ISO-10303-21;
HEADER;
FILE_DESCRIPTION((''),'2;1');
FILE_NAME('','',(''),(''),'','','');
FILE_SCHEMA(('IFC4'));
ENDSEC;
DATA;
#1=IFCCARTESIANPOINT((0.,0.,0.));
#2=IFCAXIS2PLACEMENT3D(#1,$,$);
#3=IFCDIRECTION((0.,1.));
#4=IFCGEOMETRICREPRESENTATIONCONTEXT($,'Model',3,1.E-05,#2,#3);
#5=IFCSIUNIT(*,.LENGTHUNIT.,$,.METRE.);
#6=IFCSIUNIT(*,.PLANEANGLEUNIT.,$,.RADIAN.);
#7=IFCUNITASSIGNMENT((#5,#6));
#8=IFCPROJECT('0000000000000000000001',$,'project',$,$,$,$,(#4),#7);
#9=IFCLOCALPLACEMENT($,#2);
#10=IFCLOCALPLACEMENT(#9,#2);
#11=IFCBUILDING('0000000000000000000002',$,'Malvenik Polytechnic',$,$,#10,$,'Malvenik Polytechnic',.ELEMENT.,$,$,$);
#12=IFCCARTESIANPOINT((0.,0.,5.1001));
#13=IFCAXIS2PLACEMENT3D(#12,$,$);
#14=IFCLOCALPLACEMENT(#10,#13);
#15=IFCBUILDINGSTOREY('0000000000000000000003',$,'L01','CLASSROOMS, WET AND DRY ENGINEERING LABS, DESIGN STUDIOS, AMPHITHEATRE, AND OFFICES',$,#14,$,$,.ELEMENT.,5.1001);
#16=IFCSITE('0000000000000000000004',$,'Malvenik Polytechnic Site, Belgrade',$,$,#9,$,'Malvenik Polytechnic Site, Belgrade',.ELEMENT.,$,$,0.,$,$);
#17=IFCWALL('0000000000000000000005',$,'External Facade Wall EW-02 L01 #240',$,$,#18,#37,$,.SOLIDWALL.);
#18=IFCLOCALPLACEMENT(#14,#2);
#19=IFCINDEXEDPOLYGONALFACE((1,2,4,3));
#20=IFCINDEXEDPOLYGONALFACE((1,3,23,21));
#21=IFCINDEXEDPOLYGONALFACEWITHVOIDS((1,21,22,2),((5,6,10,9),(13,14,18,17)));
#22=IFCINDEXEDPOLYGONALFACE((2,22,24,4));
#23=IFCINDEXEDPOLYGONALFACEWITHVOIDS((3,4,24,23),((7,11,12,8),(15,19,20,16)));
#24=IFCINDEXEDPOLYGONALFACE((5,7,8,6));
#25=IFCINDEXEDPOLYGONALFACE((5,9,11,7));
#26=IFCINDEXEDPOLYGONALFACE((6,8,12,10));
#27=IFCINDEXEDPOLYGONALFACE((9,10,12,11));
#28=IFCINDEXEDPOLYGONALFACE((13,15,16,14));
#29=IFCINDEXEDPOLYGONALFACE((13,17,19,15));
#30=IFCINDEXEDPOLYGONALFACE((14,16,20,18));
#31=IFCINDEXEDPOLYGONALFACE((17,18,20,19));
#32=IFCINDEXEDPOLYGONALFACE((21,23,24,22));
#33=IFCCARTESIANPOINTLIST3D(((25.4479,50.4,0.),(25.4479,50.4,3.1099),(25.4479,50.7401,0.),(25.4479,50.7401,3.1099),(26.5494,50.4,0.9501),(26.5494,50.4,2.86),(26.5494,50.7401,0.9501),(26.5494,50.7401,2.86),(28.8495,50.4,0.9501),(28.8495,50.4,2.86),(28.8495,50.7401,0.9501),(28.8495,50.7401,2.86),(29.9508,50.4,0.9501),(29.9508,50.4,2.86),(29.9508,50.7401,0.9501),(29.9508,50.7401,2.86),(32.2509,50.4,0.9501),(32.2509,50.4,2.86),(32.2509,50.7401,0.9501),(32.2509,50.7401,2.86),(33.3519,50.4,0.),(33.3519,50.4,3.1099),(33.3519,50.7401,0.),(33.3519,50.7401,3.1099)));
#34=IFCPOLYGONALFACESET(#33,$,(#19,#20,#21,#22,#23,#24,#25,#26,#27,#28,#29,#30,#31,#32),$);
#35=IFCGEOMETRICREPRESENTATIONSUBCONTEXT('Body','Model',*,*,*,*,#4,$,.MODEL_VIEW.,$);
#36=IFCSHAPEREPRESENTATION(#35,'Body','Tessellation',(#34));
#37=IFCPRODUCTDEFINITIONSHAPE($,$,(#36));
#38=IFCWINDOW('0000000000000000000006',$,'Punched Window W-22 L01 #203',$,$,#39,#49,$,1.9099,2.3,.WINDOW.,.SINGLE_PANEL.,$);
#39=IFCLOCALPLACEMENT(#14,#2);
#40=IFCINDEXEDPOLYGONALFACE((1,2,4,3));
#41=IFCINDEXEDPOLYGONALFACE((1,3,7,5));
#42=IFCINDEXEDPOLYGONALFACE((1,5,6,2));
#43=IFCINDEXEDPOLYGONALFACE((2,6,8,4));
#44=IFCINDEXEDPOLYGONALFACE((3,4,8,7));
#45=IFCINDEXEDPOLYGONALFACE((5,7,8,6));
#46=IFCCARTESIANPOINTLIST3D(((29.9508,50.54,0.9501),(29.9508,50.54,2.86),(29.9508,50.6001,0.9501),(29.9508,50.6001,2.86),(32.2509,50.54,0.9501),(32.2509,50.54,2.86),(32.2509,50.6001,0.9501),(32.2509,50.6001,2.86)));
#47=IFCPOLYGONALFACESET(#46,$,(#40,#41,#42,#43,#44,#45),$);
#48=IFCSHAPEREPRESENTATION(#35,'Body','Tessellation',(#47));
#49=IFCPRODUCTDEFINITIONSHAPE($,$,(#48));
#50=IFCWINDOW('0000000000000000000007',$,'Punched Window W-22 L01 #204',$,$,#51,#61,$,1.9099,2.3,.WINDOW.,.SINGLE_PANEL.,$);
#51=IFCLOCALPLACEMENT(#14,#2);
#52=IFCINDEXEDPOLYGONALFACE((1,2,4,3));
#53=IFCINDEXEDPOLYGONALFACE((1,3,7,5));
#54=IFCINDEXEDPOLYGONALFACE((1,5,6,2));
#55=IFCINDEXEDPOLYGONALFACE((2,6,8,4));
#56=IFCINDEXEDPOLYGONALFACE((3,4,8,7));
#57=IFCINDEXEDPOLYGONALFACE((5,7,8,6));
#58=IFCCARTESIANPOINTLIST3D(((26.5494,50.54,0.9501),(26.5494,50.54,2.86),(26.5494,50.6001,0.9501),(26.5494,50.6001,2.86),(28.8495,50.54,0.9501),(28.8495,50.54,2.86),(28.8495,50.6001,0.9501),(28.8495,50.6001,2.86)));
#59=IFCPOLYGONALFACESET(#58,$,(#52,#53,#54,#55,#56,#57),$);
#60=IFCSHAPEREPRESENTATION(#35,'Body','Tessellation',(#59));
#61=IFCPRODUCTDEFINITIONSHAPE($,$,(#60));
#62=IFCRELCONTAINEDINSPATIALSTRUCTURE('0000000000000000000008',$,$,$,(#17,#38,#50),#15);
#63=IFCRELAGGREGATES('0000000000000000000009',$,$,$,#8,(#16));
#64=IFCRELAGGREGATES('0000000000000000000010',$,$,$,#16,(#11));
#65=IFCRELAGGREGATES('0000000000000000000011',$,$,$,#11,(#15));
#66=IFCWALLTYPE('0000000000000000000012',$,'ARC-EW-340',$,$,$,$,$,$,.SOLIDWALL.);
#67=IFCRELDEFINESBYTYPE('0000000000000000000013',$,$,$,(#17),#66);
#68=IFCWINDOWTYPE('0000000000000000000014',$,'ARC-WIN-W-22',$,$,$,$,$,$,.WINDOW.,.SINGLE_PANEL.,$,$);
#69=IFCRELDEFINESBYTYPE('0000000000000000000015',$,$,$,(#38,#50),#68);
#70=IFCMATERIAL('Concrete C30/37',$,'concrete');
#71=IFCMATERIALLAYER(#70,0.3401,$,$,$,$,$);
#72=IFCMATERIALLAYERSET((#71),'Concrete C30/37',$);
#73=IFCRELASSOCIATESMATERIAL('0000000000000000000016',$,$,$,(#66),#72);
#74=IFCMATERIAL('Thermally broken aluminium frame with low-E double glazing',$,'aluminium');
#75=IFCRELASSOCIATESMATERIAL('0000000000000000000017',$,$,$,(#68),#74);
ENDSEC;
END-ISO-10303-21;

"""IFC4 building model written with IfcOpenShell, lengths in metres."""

from ifc_helpers import new_model, si_unit, direction, frame, frame_2d, origin, place, context, subcontext, project, spatial, rectangle, extrude, material, layer, layer_set, type_object, element, fill, save


model = new_model("IFC4")

# Units and contexts
model_context = context("Model", 3, precision=1e-05, world=origin(), true_north=direction((0.0, 1.0)))
body_context = subcontext(model_context, "Body", "Model", "MODEL_VIEW")
ifc_project = project(units=[si_unit("LENGTHUNIT", "METRE"), si_unit("PLANEANGLEUNIT", "RADIAN")], contexts=[model_context])

# Site, building, storey
site_placement = place(None, origin())
site = spatial("IfcSite", under=ifc_project, at=site_placement, Name="Malvenik Polytechnic Site, Belgrade", LongName="Malvenik Polytechnic Site, Belgrade", CompositionType="ELEMENT", RefElevation=0.0)
building_placement = place(site_placement, origin())
building = spatial("IfcBuilding", under=site, at=building_placement, Name="Malvenik Polytechnic", LongName="Malvenik Polytechnic", CompositionType="ELEMENT")
storey_placement = place(building_placement, frame((0.0, 0.0, 5.1001)))
storey = spatial("IfcBuildingStorey", under=building, at=storey_placement, Name="L01", Description="CLASSROOMS, WET AND DRY ENGINEERING LABS, DESIGN STUDIOS, AMPHITHEATRE, AND OFFICES", CompositionType="ELEMENT", Elevation=5.1001)

# Wall, openings, windows
ifc_material_1 = material(Name="Concrete C30/37", Category="concrete")
ifc_layer_1 = layer(ifc_material_1, 0.3401)
ifc_layer_set_1 = layer_set([ifc_layer_1], Name="Concrete C30/37")
wall_type = type_object("IfcWallType", Name="ARC-EW-340", PredefinedType="SOLIDWALL", material=ifc_layer_set_1)
wall_placement = place(storey_placement, frame((33.3521, 50.5701, 0.0), z_axis=(0.0, 0.0, 1.0), x_axis=(-1.0, 0.0, 0.0)))
wall = element("IfcWall", 1, at=wall_placement, inside=storey, type_object=wall_type, Name="External Facade Wall EW-02 L01 #240", PredefinedType="SOLIDWALL", context=body_context, shape_type="SweptSolid", body=[
    extrude(rectangle(XDim=7.9041, YDim=0.3401, at=frame_2d((3.9521, 0.0))), origin(), (0.0, 0.0, 1.0), 3.1099),
])
opening_1_placement = place(wall_placement, frame((1.1013, 0.0, 0.95)))
opening_1 = element("IfcOpeningElement", 2, at=opening_1_placement, cuts=wall, PredefinedType="OPENING", context=body_context, shape_type="SweptSolid", body=[
    extrude(rectangle(XDim=2.3, YDim=1.9099, at=frame_2d((1.1499, 0.9551))), frame((0.0, 0.1802, 0.0), z_axis=(0.0, -1.0, 0.0), x_axis=(1.0, 0.0, 0.0)), (0.0, 0.0, 1.0), 0.3601),
])
opening_2_placement = place(wall_placement, frame((4.5027, 0.0, 0.95)))
opening_2 = element("IfcOpeningElement", 3, at=opening_2_placement, cuts=wall, PredefinedType="OPENING", context=body_context, shape_type="SweptSolid", body=[
    extrude(rectangle(XDim=2.3, YDim=1.9099, at=frame_2d((1.1499, 0.9551))), frame((0.0, 0.1802, 0.0), z_axis=(0.0, -1.0, 0.0), x_axis=(1.0, 0.0, 0.0)), (0.0, 0.0, 1.0), 0.3601),
])
ifc_material_2 = material(Name="Thermally broken aluminium frame with low-E double glazing", Category="aluminium")
window_type = type_object("IfcWindowType", Name="ARC-WIN-W-22", PartitioningType="SINGLE_PANEL", PredefinedType="WINDOW", material=ifc_material_2)
window_1_placement = place(opening_1_placement, origin())
window_1 = element("IfcWindow", 4, at=window_1_placement, inside=storey, type_object=window_type, Name="Punched Window W-22 L01 #203", OverallHeight=1.9099, OverallWidth=2.3, PartitioningType="SINGLE_PANEL", PredefinedType="WINDOW", context=body_context, shape_type="SweptSolid", body=[
    extrude(rectangle(XDim=2.3, YDim=1.9099, at=frame_2d((1.1499, 0.9551))), frame((0.0, 0.03, 0.0), z_axis=(0.0, -1.0, 0.0), x_axis=(1.0, 0.0, 0.0)), (0.0, 0.0, 1.0), 0.0601),
])
fill(opening_1, window_1)
window_2_placement = place(opening_2_placement, origin())
window_2 = element("IfcWindow", 5, at=window_2_placement, inside=storey, type_object=window_type, Name="Punched Window W-22 L01 #204", OverallHeight=1.9099, OverallWidth=2.3, PartitioningType="SINGLE_PANEL", PredefinedType="WINDOW", context=body_context, shape_type="SweptSolid", body=[
    extrude(rectangle(XDim=2.3, YDim=1.9099, at=frame_2d((1.1499, 0.9551))), frame((0.0, 0.03, 0.0), z_axis=(0.0, -1.0, 0.0), x_axis=(1.0, 0.0, 0.0)), (0.0, 0.0, 1.0), 0.0601),
])
fill(opening_2, window_2)

save(model, "model.ifc")
